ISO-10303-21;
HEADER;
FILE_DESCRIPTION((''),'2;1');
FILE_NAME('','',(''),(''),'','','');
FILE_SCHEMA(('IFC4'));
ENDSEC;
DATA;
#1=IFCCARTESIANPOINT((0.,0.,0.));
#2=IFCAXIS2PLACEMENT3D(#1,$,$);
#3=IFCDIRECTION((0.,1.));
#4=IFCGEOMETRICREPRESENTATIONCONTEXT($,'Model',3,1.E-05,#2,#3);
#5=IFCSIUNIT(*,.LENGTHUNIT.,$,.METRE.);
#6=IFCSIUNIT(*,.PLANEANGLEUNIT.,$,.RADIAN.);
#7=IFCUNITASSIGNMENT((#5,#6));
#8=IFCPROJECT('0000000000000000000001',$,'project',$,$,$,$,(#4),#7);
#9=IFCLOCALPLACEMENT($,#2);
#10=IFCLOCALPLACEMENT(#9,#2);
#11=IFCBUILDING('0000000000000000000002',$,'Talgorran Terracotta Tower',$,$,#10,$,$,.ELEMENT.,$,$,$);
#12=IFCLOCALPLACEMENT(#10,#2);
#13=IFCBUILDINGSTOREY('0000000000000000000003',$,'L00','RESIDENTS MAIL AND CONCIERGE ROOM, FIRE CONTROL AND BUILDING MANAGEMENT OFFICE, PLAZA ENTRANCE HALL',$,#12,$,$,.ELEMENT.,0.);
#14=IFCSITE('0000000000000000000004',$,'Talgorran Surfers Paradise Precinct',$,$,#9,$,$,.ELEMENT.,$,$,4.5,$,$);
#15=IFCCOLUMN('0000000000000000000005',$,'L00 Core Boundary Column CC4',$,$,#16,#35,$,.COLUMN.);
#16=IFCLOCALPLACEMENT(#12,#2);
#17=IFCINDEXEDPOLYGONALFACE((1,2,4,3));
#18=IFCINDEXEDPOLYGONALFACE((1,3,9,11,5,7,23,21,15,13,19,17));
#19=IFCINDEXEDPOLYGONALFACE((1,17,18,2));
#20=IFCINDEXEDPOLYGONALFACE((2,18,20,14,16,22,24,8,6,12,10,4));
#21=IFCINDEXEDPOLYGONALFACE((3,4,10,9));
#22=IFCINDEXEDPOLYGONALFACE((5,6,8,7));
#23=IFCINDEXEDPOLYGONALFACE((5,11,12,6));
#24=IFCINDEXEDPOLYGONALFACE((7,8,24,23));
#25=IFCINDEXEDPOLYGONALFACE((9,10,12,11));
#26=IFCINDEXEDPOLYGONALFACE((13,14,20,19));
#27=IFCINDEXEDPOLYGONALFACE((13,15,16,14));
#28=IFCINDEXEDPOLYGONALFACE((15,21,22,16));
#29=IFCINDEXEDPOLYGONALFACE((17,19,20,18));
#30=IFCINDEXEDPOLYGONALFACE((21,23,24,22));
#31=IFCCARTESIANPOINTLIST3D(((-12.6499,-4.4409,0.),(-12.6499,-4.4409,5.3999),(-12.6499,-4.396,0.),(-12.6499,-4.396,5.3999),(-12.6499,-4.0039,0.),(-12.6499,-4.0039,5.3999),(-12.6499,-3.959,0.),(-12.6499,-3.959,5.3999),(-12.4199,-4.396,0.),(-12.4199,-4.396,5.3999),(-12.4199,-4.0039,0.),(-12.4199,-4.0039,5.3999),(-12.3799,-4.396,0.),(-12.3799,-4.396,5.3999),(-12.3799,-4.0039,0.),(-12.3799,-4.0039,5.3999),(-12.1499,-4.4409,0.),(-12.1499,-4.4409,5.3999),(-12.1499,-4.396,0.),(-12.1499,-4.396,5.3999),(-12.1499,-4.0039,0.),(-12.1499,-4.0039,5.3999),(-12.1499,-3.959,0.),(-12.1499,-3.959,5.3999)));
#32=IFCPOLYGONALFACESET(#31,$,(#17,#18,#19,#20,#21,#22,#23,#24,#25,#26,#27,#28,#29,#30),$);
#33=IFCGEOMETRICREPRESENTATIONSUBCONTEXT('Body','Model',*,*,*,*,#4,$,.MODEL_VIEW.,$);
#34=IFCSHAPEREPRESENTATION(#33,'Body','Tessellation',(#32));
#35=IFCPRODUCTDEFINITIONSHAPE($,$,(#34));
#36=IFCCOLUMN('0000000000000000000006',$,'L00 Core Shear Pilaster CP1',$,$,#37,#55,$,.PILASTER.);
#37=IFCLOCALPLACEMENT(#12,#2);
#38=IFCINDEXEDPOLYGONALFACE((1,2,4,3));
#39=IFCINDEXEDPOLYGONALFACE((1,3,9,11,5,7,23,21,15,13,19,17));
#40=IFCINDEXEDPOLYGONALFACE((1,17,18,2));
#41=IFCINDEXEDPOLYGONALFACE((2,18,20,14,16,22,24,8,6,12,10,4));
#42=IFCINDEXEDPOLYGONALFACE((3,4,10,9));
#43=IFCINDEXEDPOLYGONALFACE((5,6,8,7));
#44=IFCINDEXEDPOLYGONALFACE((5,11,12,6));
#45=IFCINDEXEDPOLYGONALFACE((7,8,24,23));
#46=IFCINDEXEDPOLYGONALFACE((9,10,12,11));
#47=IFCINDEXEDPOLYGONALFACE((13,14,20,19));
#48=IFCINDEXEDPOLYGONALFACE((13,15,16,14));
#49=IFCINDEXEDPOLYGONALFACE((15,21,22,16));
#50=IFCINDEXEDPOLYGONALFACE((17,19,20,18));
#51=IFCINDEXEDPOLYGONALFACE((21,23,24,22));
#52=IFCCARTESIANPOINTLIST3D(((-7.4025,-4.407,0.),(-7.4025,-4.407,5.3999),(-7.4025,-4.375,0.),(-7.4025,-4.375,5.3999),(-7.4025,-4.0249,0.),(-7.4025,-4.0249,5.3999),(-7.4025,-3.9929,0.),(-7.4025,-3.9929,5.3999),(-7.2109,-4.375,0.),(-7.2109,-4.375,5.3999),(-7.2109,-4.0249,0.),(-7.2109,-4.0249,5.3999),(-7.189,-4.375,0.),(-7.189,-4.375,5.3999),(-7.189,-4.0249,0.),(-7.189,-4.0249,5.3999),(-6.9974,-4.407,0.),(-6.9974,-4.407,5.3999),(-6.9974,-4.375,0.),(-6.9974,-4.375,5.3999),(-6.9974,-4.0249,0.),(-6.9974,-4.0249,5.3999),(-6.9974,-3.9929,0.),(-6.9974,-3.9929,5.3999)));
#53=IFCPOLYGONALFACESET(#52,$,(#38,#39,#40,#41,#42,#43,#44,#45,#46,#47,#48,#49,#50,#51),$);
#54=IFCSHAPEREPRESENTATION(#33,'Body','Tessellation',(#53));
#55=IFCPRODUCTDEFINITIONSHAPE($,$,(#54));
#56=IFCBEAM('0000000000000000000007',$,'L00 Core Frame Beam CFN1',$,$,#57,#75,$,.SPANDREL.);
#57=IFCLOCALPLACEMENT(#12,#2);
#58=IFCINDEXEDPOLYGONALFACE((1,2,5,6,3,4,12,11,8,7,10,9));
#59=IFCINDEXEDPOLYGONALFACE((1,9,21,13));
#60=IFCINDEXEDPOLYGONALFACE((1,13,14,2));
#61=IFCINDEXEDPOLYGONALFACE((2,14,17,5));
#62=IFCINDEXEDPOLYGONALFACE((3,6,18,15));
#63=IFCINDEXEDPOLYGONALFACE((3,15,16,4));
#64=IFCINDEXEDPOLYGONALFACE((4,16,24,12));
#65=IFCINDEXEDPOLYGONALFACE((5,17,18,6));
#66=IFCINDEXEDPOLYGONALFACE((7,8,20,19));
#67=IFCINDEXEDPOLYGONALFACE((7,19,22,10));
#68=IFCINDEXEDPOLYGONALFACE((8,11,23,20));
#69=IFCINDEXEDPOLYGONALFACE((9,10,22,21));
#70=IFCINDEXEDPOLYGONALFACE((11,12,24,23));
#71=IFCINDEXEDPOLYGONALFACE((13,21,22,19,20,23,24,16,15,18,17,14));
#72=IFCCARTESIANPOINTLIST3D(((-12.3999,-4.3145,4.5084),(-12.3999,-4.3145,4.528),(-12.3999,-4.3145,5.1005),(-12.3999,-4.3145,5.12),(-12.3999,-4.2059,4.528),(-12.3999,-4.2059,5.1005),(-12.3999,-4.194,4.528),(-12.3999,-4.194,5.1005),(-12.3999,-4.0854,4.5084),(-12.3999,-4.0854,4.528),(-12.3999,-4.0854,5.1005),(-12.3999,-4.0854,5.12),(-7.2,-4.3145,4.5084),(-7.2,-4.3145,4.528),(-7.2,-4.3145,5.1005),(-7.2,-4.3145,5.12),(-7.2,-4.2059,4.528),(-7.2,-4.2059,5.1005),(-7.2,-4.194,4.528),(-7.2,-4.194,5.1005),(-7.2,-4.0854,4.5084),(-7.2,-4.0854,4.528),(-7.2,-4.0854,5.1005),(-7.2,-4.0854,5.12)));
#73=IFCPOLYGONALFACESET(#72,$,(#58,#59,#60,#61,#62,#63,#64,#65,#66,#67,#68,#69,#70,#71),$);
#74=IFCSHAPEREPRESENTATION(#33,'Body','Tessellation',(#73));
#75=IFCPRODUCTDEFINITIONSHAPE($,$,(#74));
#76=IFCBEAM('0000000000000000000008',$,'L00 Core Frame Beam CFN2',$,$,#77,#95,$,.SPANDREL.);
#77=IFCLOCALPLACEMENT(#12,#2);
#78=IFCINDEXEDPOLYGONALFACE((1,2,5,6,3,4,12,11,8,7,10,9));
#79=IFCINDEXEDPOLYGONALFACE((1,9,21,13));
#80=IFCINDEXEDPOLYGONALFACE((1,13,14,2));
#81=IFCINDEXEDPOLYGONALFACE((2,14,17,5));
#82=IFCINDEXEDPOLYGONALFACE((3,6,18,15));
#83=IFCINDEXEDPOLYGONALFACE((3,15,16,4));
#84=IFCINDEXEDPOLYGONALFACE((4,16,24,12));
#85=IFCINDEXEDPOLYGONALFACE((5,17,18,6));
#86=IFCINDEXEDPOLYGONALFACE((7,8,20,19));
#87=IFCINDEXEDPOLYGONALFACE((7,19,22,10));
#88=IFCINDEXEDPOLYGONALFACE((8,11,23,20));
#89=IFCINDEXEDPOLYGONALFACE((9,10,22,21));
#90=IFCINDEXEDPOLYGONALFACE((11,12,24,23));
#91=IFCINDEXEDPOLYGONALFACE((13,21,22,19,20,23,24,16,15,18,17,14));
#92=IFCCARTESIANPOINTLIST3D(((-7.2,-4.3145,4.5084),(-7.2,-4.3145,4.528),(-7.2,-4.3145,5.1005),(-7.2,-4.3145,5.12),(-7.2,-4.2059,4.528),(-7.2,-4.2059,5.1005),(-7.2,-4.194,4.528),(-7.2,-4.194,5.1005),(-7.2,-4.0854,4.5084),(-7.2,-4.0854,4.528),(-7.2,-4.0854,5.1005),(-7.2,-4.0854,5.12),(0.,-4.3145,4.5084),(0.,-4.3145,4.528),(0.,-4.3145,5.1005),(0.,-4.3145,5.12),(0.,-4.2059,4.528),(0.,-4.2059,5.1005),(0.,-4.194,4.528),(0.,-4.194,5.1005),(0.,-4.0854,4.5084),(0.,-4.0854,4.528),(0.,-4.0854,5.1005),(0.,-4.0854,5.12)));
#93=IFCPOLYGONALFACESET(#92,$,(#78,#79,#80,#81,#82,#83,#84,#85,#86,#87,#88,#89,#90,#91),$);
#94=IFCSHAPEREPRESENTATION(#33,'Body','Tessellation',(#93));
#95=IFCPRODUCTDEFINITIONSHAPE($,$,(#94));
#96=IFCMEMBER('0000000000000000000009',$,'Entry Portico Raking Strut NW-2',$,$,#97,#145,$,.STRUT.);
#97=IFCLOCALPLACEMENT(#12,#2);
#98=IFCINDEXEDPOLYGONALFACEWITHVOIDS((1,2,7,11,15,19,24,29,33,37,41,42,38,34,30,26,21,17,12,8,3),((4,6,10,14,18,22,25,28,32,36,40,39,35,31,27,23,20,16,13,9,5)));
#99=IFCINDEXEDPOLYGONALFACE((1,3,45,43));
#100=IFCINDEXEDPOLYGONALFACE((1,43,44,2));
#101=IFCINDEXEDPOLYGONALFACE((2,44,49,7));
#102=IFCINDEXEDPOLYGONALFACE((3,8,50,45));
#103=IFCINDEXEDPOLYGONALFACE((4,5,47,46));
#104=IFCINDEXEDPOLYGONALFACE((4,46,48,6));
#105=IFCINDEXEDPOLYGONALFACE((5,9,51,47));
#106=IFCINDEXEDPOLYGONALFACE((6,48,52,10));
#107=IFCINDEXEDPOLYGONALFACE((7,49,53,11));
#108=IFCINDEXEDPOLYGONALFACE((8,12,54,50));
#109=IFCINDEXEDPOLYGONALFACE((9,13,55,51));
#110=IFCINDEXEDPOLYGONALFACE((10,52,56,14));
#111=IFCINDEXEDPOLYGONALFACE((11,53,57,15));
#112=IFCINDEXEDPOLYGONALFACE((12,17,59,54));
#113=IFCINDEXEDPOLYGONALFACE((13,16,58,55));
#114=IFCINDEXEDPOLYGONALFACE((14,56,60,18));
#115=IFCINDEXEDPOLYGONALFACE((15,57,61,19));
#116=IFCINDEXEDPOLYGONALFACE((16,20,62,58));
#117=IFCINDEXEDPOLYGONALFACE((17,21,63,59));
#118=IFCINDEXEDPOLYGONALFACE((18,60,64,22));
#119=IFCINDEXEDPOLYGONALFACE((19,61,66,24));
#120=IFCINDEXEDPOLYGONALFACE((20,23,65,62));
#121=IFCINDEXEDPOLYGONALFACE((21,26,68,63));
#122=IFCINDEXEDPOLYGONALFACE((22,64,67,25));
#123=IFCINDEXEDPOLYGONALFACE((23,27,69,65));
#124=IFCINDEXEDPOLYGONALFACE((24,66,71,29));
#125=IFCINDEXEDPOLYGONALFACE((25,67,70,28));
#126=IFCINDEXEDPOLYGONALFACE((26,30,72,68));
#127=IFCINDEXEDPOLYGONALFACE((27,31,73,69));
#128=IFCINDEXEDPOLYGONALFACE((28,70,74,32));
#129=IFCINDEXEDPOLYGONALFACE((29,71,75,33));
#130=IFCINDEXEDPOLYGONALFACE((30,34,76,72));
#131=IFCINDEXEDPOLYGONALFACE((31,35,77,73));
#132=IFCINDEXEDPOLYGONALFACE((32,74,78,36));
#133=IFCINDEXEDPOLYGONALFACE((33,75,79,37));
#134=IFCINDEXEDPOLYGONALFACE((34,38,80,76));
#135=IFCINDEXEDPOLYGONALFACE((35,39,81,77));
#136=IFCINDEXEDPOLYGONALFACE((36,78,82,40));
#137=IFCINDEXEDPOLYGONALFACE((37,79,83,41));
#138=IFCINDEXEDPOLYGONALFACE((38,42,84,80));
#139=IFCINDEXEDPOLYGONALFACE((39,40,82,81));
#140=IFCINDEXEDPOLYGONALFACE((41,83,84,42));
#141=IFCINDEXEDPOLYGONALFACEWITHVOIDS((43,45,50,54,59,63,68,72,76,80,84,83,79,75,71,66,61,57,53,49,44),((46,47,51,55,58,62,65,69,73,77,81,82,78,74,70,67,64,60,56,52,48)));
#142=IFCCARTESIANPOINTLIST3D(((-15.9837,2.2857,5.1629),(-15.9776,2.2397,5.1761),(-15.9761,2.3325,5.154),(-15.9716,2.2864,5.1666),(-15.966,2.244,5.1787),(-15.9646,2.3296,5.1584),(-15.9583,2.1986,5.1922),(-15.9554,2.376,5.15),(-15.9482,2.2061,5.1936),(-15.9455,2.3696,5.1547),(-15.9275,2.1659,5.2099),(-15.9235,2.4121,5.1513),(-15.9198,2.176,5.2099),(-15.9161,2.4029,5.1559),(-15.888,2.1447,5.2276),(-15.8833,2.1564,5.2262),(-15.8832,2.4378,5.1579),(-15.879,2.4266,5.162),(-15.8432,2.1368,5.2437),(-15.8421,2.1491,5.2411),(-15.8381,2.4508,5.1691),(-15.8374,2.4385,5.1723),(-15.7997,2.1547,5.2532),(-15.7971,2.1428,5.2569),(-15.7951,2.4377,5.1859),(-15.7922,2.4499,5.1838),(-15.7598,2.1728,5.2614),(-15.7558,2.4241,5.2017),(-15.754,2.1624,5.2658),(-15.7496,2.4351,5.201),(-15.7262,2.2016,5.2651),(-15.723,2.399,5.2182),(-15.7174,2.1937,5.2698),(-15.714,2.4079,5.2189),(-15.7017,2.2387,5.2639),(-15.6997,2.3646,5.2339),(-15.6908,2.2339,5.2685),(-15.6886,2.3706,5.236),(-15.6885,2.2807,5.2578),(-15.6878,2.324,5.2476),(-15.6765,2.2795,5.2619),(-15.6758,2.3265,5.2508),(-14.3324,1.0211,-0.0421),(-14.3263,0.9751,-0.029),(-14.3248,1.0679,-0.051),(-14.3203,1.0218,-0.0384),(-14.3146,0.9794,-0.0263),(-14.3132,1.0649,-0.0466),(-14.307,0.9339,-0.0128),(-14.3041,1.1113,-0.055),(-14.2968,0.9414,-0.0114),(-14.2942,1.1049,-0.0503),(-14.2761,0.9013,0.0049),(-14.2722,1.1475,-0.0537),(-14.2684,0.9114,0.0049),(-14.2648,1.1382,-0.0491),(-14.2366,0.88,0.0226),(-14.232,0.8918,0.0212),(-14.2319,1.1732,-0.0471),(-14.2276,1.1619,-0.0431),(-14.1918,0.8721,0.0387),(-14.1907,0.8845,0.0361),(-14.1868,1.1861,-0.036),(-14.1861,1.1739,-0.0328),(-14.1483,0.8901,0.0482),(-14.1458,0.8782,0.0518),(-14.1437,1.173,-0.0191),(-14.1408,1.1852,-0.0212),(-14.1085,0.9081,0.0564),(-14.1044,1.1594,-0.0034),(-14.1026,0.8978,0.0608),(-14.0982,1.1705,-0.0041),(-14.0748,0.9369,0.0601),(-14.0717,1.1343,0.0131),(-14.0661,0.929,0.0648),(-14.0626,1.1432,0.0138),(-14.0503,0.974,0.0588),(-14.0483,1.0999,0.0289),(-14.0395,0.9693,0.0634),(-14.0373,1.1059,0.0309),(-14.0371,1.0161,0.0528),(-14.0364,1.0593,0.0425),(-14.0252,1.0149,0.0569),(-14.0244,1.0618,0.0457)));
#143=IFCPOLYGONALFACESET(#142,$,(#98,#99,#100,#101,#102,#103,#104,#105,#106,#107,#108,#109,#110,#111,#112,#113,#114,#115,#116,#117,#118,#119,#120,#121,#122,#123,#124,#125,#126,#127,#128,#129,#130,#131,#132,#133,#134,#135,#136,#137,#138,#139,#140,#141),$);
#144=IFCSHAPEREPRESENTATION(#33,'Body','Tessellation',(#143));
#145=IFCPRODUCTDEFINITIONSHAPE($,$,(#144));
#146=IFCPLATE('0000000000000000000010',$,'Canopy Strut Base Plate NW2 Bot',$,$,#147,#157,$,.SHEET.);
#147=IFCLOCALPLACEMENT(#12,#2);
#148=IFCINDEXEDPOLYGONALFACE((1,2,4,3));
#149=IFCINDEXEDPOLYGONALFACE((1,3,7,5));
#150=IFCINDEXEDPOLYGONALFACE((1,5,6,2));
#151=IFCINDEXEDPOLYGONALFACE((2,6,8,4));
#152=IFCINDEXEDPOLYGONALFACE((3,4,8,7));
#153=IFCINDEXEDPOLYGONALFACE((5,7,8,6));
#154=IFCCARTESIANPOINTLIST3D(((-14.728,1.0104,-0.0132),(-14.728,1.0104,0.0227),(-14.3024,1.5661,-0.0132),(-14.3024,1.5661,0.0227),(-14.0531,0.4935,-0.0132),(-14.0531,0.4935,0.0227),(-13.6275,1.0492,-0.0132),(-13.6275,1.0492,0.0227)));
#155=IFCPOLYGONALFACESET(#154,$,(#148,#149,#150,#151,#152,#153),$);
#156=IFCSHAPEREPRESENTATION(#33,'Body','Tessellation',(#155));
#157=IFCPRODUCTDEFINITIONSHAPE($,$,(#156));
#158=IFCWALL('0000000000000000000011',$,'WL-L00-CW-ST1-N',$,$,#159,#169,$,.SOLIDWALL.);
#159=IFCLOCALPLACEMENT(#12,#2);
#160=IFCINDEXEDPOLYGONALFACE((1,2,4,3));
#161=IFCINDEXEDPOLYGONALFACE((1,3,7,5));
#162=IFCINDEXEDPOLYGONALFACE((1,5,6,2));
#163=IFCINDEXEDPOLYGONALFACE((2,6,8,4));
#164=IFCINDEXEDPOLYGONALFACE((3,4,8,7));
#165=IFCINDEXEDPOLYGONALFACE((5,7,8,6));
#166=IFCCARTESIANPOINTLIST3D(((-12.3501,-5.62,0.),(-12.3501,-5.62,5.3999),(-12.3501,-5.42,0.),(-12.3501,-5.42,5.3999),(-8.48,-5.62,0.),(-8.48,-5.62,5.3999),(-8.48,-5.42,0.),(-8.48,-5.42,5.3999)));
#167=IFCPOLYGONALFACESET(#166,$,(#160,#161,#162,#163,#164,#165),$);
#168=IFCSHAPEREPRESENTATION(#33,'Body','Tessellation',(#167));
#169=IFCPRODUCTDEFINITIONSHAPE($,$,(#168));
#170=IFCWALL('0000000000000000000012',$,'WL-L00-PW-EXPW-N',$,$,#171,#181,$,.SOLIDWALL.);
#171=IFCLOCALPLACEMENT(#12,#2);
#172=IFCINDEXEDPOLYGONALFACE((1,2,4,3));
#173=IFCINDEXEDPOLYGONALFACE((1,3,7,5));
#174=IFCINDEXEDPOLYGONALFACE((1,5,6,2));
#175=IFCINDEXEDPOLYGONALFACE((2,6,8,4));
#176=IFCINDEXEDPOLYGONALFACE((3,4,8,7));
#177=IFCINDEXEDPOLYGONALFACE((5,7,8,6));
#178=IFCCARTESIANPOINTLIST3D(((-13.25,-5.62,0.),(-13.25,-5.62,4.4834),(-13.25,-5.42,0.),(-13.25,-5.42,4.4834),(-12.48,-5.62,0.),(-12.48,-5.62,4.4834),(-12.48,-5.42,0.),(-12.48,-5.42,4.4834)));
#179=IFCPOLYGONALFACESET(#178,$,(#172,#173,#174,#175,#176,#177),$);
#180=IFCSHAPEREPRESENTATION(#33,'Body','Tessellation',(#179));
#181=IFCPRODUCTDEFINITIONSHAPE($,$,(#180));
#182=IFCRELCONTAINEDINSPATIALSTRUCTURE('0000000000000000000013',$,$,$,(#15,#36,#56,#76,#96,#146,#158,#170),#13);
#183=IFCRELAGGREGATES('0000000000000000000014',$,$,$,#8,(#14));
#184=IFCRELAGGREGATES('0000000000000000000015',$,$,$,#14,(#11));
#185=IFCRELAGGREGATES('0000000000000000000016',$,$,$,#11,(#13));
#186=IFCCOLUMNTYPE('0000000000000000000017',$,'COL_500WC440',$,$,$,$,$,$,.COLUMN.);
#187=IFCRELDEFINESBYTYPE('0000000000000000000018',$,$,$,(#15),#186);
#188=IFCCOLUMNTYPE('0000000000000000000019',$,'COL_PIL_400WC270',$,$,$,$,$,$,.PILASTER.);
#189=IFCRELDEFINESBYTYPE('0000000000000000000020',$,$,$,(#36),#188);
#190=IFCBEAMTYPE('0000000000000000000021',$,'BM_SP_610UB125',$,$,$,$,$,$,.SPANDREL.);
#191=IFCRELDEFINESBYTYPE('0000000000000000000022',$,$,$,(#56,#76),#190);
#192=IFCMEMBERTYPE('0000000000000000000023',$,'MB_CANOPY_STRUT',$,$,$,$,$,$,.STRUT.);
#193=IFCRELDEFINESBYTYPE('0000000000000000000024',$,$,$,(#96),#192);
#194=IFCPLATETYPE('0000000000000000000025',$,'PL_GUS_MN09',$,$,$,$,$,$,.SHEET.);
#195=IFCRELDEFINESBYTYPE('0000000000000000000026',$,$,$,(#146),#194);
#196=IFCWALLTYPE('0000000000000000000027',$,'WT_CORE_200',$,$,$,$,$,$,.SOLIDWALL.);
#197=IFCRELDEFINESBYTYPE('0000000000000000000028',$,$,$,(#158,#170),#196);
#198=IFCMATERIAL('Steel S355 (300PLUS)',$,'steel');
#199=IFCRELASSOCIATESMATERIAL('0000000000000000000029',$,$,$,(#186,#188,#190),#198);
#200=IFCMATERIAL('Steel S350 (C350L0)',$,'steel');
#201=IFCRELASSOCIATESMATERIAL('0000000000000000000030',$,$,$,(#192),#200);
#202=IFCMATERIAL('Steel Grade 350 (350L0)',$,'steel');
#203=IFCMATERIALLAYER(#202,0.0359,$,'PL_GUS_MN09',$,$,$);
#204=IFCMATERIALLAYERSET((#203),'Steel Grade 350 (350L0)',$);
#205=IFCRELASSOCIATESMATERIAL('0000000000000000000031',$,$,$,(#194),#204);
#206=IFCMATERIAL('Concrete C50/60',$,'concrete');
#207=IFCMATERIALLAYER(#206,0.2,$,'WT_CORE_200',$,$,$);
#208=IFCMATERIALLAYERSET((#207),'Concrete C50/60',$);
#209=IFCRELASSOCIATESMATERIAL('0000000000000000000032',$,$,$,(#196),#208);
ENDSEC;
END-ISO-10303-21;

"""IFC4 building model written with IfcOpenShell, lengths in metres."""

from ifc_helpers import new_model, si_unit, direction, frame, frame_2d, origin, origin_2d, place, context, subcontext, project, spatial, rectangle, hollow_circle, i_section, extrude, material, layer, layer_set, material_profile, profile_set, type_object, element, save


model = new_model("IFC4")

# Units and contexts
model_context = context("Model", 3, precision=1e-05, world=origin(), true_north=direction((0.0, 1.0)))
body_context = subcontext(model_context, "Body", "Model", "MODEL_VIEW")
ifc_project = project(units=[si_unit("LENGTHUNIT", "METRE"), si_unit("PLANEANGLEUNIT", "RADIAN")], contexts=[model_context])

# Site, building, storey
site_placement = place(None, origin())
site = spatial("IfcSite", under=ifc_project, at=site_placement, Name="Talgorran Surfers Paradise Precinct", CompositionType="ELEMENT", RefElevation=4.5)
building_placement = place(site_placement, origin())
building = spatial("IfcBuilding", under=site, at=building_placement, Name="Talgorran Terracotta Tower", CompositionType="ELEMENT")
storey_placement = place(building_placement, origin())
storey = spatial("IfcBuildingStorey", under=building, at=storey_placement, Name="L00", Description="RESIDENTS MAIL AND CONCIERGE ROOM, FIRE CONTROL AND BUILDING MANAGEMENT OFFICE, PLAZA ENTRANCE HALL", CompositionType="ELEMENT", Elevation=0.0)

# Columns
ifc_material_1 = material(Name="Steel S355 (300PLUS)", Category="steel")
ifc_material_profile_1 = material_profile(ifc_material_1, i_section(OverallWidth=0.5, OverallDepth=0.4819, WebThickness=0.04, FlangeThickness=0.0449, at=origin_2d()), Name="500WC440")
ifc_profile_set_1 = profile_set([ifc_material_profile_1], Name="Steel S355 (300PLUS)")
column_type_1 = type_object("IfcColumnType", Name="COL_500WC440", PredefinedType="COLUMN", material=ifc_profile_set_1)
column_1_placement = place(storey_placement, frame((-12.3999, -4.2, 0.0), z_axis=(0.0, 0.0, 1.0), x_axis=(1.0, 0.0, 0.0)))
element("IfcColumn", 1, at=column_1_placement, inside=storey, type_object=column_type_1, Name="L00 Core Boundary Column CC4", PredefinedType="COLUMN", context=body_context, shape_type="SweptSolid", body=[
    extrude(i_section(OverallWidth=0.5, OverallDepth=0.4819, WebThickness=0.04, FlangeThickness=0.0449, at=origin_2d()), origin(), (0.0, 0.0, 1.0), 5.3999),
])
ifc_material_profile_2 = material_profile(ifc_material_1, i_section(OverallWidth=0.405, OverallDepth=0.4141, WebThickness=0.022, FlangeThickness=0.032, at=origin_2d()), Name="400WC270")
ifc_profile_set_2 = profile_set([ifc_material_profile_2], Name="Steel S355 (300PLUS)")
column_type_2 = type_object("IfcColumnType", Name="COL_PIL_400WC270", PredefinedType="PILASTER", material=ifc_profile_set_2)
column_2_placement = place(storey_placement, frame((-7.2, -4.2, 0.0), z_axis=(0.0, 0.0, 1.0), x_axis=(1.0, 0.0, 0.0)))
element("IfcColumn", 2, at=column_2_placement, inside=storey, type_object=column_type_2, Name="L00 Core Shear Pilaster CP1", PredefinedType="PILASTER", context=body_context, shape_type="SweptSolid", body=[
    extrude(i_section(OverallWidth=0.405, OverallDepth=0.4141, WebThickness=0.022, FlangeThickness=0.032, at=origin_2d()), origin(), (0.0, 0.0, 1.0), 5.3999),
])

# Beams
ifc_material_profile_3 = material_profile(ifc_material_1, i_section(OverallWidth=0.229, OverallDepth=0.6116, WebThickness=0.012, FlangeThickness=0.0195, at=origin_2d()), Name="610UB125")
ifc_profile_set_3 = profile_set([ifc_material_profile_3], Name="Steel S355 (300PLUS)")
beam_type = type_object("IfcBeamType", Name="BM_SP_610UB125", PredefinedType="SPANDREL", material=ifc_profile_set_3)
beam_1_placement = place(storey_placement, frame((-12.3999, -4.2, 4.8142), z_axis=(1.0, 0.0, 0.0), x_axis=(0.0, 1.0, 0.0)))
element("IfcBeam", 3, at=beam_1_placement, inside=storey, type_object=beam_type, Name="L00 Core Frame Beam CFN1", PredefinedType="SPANDREL", context=body_context, shape_type="SweptSolid", body=[
    extrude(i_section(OverallWidth=0.229, OverallDepth=0.6116, WebThickness=0.012, FlangeThickness=0.0195, at=origin_2d()), origin(), (0.0, 0.0, 1.0), 5.2),
])
beam_2_placement = place(storey_placement, frame((-7.2, -4.2, 4.8142), z_axis=(1.0, 0.0, 0.0), x_axis=(0.0, 1.0, 0.0)))
element("IfcBeam", 4, at=beam_2_placement, inside=storey, type_object=beam_type, Name="L00 Core Frame Beam CFN2", PredefinedType="SPANDREL", context=body_context, shape_type="SweptSolid", body=[
    extrude(i_section(OverallWidth=0.229, OverallDepth=0.6116, WebThickness=0.012, FlangeThickness=0.0195, at=origin_2d()), origin(), (0.0, 0.0, 1.0), 7.2),
])

# Member
ifc_material_2 = material(Name="Steel S350 (C350L0)", Category="steel")
ifc_material_profile_4 = material_profile(ifc_material_2, hollow_circle(Radius=0.1619, WallThickness=0.0127, at=origin_2d()), Name="CHS323.9X12.7")
ifc_profile_set_4 = profile_set([ifc_material_profile_4], Name="Steel S350 (C350L0)")
member_type = type_object("IfcMemberType", Name="MB_CANOPY_STRUT", PredefinedType="STRUT", material=ifc_profile_set_4)
member_placement = place(storey_placement, frame((-14.1777, 1.0298, 0.0049), z_axis=(-0.294609, 0.225617, 0.928602), x_axis=(-0.608008, -0.793931, 0.0)))
element("IfcMember", 5, at=member_placement, inside=storey, type_object=member_type, Name="Entry Portico Raking Strut NW-2", PredefinedType="STRUT", context=body_context, shape_type="SweptSolid", body=[
    extrude(hollow_circle(Radius=0.1619, WallThickness=0.0127, at=origin_2d()), origin(), (0.0, 0.0, 1.0), 5.6052),
])

# Plate
ifc_material_3 = material(Name="Steel Grade 350 (350L0)", Category="steel")
ifc_layer_1 = layer(ifc_material_3, 0.0359, Name="PL_GUS_MN09")
ifc_layer_set_1 = layer_set([ifc_layer_1], Name="Steel Grade 350 (350L0)")
plate_type = type_object("IfcPlateType", Name="PL_GUS_MN09", PredefinedType="SHEET", material=ifc_layer_set_1)
plate_placement = place(storey_placement, frame((-14.1777, 1.0298, -0.0132), z_axis=(0.0, 0.0, 1.0), x_axis=(-0.793884, 0.608069, 0.0)))
element("IfcPlate", 6, at=plate_placement, inside=storey, type_object=plate_type, Name="Canopy Strut Base Plate NW2 Bot", PredefinedType="SHEET", context=body_context, shape_type="SweptSolid", body=[
    extrude(rectangle(XDim=0.8501, YDim=0.7, at=origin_2d()), origin(), (0.0, 0.0, 1.0), 0.0359),
])

# Walls
ifc_material_4 = material(Name="Concrete C50/60", Category="concrete")
ifc_layer_2 = layer(ifc_material_4, 0.2, Name="WT_CORE_200")
ifc_layer_set_2 = layer_set([ifc_layer_2], Name="Concrete C50/60")
wall_type_1 = type_object("IfcWallType", Name="WT_CORE_200", PredefinedType="SOLIDWALL", material=ifc_layer_set_2)
wall_1_placement = place(storey_placement, frame((-12.3501, -5.52, 0.0), z_axis=(0.0, 0.0, 1.0), x_axis=(1.0, 0.0, 0.0)))
element("IfcWall", 7, at=wall_1_placement, inside=storey, type_object=wall_type_1, Name="WL-L00-CW-ST1-N", PredefinedType="SOLIDWALL", context=body_context, shape_type="SweptSolid", body=[
    extrude(rectangle(XDim=3.8701, YDim=0.2, at=frame_2d((1.9351, 0.0))), origin(), (0.0, 0.0, 1.0), 5.3999),
])
wall_2_placement = place(storey_placement, frame((-13.25, -5.52, 0.0), z_axis=(0.0, 0.0, 1.0), x_axis=(1.0, 0.0, 0.0)))
element("IfcWall", 8, at=wall_2_placement, inside=storey, type_object=wall_type_1, Name="WL-L00-PW-EXPW-N", PredefinedType="SOLIDWALL", context=body_context, shape_type="SweptSolid", body=[
    extrude(rectangle(XDim=0.77, YDim=0.2, at=frame_2d((0.385, 0.0))), origin(), (0.0, 0.0, 1.0), 4.4834),
])

save(model, "model.ifc")
